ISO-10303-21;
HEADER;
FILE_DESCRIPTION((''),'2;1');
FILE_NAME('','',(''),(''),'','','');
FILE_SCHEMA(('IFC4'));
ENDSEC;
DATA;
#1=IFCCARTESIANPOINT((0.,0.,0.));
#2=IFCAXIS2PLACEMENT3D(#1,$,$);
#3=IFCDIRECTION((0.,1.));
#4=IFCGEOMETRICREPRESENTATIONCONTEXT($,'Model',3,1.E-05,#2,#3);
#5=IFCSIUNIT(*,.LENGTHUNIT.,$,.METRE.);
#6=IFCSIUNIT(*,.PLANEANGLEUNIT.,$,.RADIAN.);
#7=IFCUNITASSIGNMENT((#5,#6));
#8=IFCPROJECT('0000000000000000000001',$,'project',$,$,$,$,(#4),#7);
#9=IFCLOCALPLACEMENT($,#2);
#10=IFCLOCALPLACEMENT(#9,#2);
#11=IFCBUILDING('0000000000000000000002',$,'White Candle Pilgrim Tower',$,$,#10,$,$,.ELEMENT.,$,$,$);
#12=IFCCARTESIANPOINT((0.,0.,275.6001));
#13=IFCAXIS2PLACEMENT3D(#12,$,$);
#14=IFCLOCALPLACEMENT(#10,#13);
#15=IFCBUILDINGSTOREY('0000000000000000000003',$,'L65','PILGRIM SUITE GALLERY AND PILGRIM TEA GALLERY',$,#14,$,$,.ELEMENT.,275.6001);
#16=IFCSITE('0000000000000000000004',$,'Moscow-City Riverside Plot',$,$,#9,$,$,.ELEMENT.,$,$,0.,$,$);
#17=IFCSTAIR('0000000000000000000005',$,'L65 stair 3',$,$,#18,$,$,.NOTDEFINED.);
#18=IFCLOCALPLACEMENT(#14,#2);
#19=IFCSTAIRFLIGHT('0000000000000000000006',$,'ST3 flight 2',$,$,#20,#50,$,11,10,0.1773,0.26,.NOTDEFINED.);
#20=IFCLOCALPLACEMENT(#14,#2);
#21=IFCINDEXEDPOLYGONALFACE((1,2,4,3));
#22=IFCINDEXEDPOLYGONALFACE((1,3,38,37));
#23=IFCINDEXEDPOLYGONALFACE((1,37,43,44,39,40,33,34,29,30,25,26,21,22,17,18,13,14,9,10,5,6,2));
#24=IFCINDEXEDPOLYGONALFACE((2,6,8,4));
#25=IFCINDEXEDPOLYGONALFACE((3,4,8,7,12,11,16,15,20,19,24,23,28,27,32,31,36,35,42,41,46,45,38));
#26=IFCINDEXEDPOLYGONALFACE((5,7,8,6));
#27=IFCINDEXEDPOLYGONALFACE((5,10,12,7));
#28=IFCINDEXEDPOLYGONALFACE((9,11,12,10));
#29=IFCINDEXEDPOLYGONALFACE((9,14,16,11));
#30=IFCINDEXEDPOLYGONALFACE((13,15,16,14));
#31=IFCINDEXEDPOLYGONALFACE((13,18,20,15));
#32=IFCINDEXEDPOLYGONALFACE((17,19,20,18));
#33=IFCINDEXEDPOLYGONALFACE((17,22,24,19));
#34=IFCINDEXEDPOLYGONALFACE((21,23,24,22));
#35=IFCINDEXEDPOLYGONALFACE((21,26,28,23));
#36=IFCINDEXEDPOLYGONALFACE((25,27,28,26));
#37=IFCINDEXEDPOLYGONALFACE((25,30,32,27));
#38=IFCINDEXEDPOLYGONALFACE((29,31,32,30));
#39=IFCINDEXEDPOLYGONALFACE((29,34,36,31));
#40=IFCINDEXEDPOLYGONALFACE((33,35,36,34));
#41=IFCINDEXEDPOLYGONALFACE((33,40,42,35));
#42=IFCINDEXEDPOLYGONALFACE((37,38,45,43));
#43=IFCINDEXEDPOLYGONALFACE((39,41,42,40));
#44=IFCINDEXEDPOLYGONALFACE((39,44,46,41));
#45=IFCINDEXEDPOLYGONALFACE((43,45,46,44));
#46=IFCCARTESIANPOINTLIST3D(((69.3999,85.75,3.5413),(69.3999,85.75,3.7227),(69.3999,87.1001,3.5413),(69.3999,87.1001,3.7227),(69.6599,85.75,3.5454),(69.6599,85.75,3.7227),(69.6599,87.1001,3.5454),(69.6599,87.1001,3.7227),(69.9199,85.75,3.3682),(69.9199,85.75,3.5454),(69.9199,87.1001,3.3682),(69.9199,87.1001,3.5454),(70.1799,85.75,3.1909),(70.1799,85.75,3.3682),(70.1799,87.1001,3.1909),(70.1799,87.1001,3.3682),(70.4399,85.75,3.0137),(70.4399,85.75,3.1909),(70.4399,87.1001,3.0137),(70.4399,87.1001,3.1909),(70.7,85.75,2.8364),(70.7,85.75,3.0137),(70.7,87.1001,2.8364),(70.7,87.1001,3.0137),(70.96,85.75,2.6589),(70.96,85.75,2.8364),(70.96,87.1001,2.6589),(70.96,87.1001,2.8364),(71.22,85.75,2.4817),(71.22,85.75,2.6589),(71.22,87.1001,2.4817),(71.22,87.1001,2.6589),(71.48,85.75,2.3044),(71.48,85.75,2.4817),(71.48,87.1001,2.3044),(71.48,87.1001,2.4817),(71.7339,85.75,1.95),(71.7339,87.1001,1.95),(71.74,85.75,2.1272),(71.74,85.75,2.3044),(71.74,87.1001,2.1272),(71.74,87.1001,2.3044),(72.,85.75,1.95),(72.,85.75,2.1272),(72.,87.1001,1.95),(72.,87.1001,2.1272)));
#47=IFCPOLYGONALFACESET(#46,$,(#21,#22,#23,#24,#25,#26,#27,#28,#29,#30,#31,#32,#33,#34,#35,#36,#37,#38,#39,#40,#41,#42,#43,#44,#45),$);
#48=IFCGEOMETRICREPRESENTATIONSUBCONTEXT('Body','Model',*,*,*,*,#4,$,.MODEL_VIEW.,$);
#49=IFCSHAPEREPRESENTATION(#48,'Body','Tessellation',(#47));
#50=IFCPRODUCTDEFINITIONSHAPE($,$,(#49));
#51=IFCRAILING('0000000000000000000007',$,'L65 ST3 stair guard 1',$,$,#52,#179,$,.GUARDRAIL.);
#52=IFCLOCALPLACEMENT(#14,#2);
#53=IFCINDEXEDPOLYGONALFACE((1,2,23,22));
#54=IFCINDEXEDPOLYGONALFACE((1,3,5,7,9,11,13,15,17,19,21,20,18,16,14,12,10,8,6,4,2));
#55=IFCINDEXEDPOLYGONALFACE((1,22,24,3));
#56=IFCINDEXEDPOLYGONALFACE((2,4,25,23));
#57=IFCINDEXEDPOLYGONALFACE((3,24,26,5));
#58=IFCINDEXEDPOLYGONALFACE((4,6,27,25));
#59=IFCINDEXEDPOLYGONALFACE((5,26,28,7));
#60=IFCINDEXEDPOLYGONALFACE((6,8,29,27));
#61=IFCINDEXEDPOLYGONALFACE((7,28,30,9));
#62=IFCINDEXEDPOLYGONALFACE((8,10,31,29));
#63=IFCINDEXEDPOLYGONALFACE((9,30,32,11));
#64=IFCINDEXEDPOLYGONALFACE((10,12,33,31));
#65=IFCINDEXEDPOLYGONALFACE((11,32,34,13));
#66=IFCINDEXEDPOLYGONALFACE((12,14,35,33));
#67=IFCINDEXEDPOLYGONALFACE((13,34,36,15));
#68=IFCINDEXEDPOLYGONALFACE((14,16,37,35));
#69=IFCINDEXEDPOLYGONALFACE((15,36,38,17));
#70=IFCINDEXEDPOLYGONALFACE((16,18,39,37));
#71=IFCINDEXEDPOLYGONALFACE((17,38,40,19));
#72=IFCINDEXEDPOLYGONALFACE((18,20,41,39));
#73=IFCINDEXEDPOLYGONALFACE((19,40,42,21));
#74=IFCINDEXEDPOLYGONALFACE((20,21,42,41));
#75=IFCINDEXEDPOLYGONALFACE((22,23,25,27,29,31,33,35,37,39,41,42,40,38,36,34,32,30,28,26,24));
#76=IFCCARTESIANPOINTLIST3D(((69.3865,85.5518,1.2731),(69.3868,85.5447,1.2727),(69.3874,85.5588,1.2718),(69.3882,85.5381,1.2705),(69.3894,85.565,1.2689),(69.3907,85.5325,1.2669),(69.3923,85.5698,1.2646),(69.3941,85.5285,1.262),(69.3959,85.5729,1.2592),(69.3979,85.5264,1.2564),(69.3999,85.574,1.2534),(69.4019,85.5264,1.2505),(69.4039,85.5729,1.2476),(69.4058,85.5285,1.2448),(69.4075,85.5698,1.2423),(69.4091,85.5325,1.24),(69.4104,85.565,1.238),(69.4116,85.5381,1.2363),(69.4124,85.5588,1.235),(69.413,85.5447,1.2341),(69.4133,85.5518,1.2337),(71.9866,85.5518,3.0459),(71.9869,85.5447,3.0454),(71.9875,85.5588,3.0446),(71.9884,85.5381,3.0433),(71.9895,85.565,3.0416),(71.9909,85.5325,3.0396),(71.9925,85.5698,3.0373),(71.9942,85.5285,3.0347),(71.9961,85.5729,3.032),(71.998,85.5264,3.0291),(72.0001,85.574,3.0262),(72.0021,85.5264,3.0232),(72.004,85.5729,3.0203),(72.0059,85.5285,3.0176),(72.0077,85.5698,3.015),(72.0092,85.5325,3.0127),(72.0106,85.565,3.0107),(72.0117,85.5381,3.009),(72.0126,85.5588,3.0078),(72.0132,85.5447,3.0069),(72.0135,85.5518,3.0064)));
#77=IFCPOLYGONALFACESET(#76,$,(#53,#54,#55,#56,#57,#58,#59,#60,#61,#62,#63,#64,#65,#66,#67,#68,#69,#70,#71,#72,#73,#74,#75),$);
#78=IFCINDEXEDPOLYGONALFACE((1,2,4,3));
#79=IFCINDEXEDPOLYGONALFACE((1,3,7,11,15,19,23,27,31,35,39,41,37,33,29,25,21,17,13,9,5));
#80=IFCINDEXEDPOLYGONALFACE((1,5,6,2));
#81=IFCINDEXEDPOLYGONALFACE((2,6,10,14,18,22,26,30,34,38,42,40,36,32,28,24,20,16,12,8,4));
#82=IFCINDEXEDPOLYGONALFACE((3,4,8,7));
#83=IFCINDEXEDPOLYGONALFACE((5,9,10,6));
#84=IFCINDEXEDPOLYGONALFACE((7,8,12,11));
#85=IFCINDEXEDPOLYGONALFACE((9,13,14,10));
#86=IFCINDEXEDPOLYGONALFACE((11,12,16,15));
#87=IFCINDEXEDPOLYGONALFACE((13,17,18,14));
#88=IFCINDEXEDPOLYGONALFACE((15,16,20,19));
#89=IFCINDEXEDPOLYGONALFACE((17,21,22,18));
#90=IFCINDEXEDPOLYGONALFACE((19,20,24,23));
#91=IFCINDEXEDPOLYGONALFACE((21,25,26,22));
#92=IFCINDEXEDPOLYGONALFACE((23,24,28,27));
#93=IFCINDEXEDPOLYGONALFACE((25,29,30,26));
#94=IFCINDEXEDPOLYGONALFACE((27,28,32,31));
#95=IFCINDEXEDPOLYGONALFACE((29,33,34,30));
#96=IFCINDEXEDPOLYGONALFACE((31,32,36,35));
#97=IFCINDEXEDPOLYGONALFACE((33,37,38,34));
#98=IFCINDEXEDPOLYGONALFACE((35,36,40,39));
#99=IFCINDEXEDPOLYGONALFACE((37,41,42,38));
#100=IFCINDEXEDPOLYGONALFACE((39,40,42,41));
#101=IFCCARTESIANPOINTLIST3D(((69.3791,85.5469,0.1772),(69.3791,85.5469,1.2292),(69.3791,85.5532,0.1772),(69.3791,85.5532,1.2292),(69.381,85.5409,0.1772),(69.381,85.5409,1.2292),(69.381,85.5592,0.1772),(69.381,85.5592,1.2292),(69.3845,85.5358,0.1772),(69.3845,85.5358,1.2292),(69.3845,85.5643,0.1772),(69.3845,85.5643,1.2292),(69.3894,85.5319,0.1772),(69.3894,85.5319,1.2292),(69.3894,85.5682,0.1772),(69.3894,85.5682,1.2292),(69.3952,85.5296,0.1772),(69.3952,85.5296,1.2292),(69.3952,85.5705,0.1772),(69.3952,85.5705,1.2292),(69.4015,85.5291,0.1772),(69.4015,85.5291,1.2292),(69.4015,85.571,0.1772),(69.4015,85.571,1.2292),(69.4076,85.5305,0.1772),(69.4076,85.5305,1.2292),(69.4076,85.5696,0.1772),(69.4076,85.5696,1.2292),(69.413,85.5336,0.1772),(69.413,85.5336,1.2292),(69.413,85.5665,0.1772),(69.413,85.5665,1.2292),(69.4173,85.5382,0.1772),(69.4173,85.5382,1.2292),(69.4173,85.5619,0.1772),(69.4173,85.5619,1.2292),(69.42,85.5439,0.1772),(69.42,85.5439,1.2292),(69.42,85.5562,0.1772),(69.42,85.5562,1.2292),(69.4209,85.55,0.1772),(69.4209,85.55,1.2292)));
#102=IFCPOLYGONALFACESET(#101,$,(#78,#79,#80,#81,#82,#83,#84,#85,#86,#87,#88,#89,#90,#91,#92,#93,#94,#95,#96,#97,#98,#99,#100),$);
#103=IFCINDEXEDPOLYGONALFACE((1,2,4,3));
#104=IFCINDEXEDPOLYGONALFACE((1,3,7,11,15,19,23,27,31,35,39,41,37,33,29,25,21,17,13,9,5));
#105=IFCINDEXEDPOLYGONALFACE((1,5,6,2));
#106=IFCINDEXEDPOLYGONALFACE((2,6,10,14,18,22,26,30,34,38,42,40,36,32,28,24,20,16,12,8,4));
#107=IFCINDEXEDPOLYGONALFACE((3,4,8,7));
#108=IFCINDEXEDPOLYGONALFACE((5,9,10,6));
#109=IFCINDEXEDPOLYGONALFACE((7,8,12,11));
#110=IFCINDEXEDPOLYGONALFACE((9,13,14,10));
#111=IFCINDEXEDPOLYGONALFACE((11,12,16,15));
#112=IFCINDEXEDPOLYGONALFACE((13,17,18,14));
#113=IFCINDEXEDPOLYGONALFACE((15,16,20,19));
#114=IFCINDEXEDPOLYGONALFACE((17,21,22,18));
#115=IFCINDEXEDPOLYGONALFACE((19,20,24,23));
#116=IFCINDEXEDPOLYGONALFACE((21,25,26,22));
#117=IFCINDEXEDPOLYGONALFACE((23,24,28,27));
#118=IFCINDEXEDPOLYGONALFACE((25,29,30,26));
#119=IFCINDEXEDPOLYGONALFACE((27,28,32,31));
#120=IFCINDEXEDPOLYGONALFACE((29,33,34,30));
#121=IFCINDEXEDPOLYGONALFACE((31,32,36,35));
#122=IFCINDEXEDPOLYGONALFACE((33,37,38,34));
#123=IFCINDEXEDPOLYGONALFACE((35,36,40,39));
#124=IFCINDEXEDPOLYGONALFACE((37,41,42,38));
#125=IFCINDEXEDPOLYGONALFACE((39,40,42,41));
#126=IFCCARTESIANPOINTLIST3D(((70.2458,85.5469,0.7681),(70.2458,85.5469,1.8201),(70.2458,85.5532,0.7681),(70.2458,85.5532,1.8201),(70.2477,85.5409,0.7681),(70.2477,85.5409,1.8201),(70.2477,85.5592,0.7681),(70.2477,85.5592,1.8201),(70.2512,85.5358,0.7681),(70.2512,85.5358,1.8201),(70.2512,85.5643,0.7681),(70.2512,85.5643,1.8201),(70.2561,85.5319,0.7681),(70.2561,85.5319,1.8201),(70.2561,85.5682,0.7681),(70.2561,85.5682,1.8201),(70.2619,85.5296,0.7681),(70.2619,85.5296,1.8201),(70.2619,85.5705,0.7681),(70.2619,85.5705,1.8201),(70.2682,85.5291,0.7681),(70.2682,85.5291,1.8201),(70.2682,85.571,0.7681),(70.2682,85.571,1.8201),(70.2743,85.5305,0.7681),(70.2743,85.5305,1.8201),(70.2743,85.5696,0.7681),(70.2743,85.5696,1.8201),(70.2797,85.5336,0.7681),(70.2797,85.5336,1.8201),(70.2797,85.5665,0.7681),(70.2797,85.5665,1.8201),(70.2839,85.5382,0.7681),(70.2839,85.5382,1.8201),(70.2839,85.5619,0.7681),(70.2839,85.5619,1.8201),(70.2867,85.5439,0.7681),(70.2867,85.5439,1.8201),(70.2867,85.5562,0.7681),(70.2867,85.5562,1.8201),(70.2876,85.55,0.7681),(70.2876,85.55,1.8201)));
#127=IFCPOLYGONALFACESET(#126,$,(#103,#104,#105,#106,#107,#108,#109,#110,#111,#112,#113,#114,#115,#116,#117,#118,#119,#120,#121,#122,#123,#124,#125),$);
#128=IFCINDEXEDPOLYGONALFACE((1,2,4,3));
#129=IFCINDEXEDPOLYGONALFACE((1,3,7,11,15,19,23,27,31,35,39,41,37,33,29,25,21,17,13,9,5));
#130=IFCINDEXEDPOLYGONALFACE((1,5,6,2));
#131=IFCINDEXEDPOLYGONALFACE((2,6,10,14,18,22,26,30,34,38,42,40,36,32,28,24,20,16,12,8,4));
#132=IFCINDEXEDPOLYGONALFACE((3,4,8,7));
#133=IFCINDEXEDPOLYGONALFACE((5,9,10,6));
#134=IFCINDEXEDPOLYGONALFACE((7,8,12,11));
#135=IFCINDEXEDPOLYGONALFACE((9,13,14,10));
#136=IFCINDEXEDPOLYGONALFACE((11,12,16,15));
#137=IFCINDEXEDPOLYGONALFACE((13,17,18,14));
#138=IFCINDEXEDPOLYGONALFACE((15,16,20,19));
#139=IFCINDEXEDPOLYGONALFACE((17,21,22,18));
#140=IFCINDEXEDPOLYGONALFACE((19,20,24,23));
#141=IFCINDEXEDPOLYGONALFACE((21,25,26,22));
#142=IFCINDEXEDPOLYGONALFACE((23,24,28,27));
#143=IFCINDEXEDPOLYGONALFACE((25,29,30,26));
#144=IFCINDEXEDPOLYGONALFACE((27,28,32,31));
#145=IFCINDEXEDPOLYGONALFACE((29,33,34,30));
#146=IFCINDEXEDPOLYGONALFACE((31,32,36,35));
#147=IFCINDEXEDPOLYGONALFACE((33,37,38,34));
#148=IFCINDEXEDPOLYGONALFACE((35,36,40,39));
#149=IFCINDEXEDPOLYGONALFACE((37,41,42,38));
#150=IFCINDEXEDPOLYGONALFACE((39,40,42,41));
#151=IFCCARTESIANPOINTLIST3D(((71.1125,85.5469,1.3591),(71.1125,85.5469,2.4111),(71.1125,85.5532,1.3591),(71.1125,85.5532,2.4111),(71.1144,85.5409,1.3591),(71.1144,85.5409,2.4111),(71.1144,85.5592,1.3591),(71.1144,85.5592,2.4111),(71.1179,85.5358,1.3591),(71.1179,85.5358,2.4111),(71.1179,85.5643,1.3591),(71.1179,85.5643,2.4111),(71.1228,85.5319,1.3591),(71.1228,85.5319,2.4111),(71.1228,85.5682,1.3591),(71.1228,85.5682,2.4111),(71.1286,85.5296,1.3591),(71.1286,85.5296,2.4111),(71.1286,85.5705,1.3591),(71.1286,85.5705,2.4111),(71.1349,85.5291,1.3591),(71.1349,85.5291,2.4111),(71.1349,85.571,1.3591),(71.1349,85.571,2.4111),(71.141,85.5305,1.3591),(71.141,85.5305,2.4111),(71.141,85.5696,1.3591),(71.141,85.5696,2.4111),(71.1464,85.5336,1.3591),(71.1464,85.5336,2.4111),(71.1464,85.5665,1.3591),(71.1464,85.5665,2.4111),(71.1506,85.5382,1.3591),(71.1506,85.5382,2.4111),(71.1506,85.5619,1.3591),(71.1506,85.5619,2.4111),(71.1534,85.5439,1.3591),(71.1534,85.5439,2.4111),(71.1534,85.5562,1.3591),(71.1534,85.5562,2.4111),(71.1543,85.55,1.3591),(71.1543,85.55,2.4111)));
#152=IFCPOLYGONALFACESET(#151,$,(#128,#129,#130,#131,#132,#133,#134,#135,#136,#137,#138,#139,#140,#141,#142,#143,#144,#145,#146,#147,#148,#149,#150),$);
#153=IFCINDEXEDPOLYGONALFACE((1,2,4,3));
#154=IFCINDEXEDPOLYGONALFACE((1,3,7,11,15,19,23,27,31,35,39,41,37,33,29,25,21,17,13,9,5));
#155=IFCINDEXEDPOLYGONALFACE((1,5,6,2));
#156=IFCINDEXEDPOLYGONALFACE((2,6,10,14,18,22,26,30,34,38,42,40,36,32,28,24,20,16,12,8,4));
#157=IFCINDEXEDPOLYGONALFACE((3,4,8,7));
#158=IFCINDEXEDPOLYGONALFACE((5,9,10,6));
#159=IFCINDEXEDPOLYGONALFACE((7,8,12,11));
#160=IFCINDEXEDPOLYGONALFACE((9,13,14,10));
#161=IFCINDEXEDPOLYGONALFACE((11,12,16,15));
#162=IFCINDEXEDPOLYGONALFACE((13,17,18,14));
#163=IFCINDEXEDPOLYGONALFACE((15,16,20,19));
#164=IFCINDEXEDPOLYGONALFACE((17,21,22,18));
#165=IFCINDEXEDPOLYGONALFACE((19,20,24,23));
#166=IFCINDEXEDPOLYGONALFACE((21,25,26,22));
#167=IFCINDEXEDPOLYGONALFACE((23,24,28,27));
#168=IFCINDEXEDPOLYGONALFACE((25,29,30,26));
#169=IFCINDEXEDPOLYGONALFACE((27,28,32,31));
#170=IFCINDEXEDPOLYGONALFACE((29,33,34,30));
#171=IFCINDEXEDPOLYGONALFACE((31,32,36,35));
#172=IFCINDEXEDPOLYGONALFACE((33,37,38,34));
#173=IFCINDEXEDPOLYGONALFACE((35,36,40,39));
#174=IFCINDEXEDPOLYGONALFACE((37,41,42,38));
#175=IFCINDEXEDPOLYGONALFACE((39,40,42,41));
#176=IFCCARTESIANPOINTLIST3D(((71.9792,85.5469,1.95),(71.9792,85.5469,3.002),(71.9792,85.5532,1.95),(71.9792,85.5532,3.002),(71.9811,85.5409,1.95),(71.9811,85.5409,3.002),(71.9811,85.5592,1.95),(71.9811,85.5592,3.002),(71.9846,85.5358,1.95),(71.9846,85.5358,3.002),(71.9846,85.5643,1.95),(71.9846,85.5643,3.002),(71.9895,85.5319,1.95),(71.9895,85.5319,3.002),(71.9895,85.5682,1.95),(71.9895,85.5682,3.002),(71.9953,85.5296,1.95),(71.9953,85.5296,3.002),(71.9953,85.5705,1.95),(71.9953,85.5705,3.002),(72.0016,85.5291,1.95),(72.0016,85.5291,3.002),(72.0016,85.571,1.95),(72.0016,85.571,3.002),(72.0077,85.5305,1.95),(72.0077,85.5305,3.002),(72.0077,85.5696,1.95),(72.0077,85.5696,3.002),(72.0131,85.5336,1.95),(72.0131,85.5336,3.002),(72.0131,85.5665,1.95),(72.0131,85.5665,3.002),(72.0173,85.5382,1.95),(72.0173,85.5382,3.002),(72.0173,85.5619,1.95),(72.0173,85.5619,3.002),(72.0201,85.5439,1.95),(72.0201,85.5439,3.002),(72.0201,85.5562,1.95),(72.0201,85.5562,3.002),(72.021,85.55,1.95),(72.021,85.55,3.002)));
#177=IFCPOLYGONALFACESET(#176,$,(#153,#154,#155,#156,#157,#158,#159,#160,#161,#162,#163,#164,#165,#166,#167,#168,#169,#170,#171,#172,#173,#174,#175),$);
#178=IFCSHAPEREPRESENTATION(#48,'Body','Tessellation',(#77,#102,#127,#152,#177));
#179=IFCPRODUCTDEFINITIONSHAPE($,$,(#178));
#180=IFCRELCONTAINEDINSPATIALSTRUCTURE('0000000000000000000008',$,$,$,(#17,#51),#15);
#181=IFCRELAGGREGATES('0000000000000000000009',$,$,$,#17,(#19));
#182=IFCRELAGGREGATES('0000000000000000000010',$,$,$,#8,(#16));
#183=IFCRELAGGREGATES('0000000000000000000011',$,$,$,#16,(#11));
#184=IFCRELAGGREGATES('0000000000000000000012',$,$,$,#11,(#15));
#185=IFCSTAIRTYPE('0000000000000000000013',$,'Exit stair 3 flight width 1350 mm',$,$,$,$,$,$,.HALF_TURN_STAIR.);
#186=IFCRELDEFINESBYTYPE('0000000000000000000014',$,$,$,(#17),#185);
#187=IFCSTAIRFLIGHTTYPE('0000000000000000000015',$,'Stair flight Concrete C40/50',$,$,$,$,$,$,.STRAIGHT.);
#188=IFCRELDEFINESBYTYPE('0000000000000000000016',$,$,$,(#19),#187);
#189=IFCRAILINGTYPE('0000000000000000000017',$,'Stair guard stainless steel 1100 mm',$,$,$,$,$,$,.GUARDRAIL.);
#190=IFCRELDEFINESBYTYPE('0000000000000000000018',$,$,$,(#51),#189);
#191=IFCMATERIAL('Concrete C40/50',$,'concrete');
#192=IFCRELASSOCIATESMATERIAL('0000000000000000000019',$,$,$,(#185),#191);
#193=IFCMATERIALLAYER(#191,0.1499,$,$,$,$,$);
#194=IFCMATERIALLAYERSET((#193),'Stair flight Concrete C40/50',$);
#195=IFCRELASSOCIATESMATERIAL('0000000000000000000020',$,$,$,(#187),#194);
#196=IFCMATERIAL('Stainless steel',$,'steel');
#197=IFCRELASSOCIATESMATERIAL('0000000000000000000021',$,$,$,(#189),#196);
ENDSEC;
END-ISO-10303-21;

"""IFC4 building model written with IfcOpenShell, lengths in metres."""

from ifc_helpers import new_model, si_unit, direction, frame, origin, origin_2d, place, context, subcontext, project, spatial, polyline, circle, outline, extrude, material, layer, layer_set, type_object, element, aggregate, save


model = new_model("IFC4")

# Units and contexts
model_context = context("Model", 3, precision=1e-05, world=origin(), true_north=direction((0.0, 1.0)))
body_context = subcontext(model_context, "Body", "Model", "MODEL_VIEW")
ifc_project = project(units=[si_unit("LENGTHUNIT", "METRE"), si_unit("PLANEANGLEUNIT", "RADIAN")], contexts=[model_context])

# Site, building, storey
site_placement = place(None, origin())
site = spatial("IfcSite", under=ifc_project, at=site_placement, Name="Moscow-City Riverside Plot", CompositionType="ELEMENT", RefElevation=0.0)
building_placement = place(site_placement, origin())
building = spatial("IfcBuilding", under=site, at=building_placement, Name="White Candle Pilgrim Tower", CompositionType="ELEMENT")
storey_placement = place(building_placement, frame((0.0, 0.0, 275.6001)))
storey = spatial("IfcBuildingStorey", under=building, at=storey_placement, Name="L65", Description="PILGRIM SUITE GALLERY AND PILGRIM TEA GALLERY", CompositionType="ELEMENT", Elevation=275.6001)

# Stair, stair flight
ifc_material_1 = material(Name="Concrete C40/50", Category="concrete")
stair_type = type_object("IfcStairType", Name="Exit stair 3 flight width 1350 mm", PredefinedType="HALF_TURN_STAIR", material=ifc_material_1)
stair_placement = place(storey_placement, origin())
stair = element("IfcStair", 1, at=stair_placement, inside=storey, type_object=stair_type, Name="L65 stair 3", PredefinedType="NOTDEFINED")
ifc_layer_1 = layer(ifc_material_1, 0.1499)
ifc_layer_set_1 = layer_set([ifc_layer_1], Name="Stair flight Concrete C40/50")
stair_flight_type = type_object("IfcStairFlightType", Name="Stair flight Concrete C40/50", PredefinedType="STRAIGHT", material=ifc_layer_set_1)
stair_flight_1_placement = place(storey_placement, frame((72.0, 86.425, 1.95), z_axis=(0.0, 0.0, 1.0), x_axis=(-1.0, 0.0, 0.0)))
stair_flight_1 = element("IfcStairFlight", 2, at=stair_flight_1_placement, type_object=stair_flight_type, Name="ST3 flight 2", NumberOfRisers=11, NumberOfTreads=10, PredefinedType="NOTDEFINED", RiserHeight=0.1773, TreadLength=0.26, context=body_context, shape_type="SweptSolid", body=[
    extrude(outline(polyline([(0.0, 0.0), (0.0, 0.1772), (0.26, 0.1772), (0.26, 0.3545), (0.52, 0.3545), (0.52, 0.5317), (0.78, 0.5317), (0.78, 0.709), (1.04, 0.709), (1.04, 0.8865), (1.3, 0.8865), (1.3, 1.0637), (1.5601, 1.0637), (1.5601, 1.241), (1.8201, 1.241), (1.8201, 1.4182), (2.0801, 1.4182), (2.0801, 1.5955), (2.3401, 1.5955), (2.3401, 1.7727), (2.6001, 1.7727), (2.6001, 1.95), (2.6001, 1.5913), (0.2661, 0.0), (0.0, 0.0)])), frame((0.0, 0.675, 0.0), z_axis=(0.0, -1.0, 0.0), x_axis=(1.0, 0.0, 0.0)), (0.0, 0.0, 1.0), 1.3501),
])
aggregate(stair, [stair_flight_1])

# Railing
ifc_material_2 = material(Name="Stainless steel", Category="steel")
railing_type_1 = type_object("IfcRailingType", Name="Stair guard stainless steel 1100 mm", PredefinedType="GUARDRAIL", material=ifc_material_2)
railing_1_placement = place(storey_placement, frame((69.3999, 85.55, 0.1772)))
element("IfcRailing", 3, at=railing_1_placement, inside=storey, type_object=railing_type_1, Name="L65 ST3 stair guard 1", PredefinedType="GUARDRAIL", context=body_context, shape_type="SweptSolid", body=[
    extrude(circle(Radius=0.0239, at=origin_2d()), frame((0.0, 0.0, 1.0762), z_axis=(0.82624, 0.0, 0.563318), x_axis=(0.0, 1.0, 0.0)), (0.0, 0.0, 1.0), 3.147),
    extrude(circle(Radius=0.021, at=origin_2d()), origin(), (0.0, 0.0, 1.0), 1.052),
    extrude(circle(Radius=0.021, at=origin_2d()), frame((0.8667, 0.0, 0.5908)), (0.0, 0.0, 1.0), 1.052),
    extrude(circle(Radius=0.021, at=origin_2d()), frame((1.7334, 0.0, 1.1819)), (0.0, 0.0, 1.0), 1.052),
    extrude(circle(Radius=0.021, at=origin_2d()), frame((2.6001, 0.0, 1.7727)), (0.0, 0.0, 1.0), 1.052),
])

save(model, "model.ifc")
